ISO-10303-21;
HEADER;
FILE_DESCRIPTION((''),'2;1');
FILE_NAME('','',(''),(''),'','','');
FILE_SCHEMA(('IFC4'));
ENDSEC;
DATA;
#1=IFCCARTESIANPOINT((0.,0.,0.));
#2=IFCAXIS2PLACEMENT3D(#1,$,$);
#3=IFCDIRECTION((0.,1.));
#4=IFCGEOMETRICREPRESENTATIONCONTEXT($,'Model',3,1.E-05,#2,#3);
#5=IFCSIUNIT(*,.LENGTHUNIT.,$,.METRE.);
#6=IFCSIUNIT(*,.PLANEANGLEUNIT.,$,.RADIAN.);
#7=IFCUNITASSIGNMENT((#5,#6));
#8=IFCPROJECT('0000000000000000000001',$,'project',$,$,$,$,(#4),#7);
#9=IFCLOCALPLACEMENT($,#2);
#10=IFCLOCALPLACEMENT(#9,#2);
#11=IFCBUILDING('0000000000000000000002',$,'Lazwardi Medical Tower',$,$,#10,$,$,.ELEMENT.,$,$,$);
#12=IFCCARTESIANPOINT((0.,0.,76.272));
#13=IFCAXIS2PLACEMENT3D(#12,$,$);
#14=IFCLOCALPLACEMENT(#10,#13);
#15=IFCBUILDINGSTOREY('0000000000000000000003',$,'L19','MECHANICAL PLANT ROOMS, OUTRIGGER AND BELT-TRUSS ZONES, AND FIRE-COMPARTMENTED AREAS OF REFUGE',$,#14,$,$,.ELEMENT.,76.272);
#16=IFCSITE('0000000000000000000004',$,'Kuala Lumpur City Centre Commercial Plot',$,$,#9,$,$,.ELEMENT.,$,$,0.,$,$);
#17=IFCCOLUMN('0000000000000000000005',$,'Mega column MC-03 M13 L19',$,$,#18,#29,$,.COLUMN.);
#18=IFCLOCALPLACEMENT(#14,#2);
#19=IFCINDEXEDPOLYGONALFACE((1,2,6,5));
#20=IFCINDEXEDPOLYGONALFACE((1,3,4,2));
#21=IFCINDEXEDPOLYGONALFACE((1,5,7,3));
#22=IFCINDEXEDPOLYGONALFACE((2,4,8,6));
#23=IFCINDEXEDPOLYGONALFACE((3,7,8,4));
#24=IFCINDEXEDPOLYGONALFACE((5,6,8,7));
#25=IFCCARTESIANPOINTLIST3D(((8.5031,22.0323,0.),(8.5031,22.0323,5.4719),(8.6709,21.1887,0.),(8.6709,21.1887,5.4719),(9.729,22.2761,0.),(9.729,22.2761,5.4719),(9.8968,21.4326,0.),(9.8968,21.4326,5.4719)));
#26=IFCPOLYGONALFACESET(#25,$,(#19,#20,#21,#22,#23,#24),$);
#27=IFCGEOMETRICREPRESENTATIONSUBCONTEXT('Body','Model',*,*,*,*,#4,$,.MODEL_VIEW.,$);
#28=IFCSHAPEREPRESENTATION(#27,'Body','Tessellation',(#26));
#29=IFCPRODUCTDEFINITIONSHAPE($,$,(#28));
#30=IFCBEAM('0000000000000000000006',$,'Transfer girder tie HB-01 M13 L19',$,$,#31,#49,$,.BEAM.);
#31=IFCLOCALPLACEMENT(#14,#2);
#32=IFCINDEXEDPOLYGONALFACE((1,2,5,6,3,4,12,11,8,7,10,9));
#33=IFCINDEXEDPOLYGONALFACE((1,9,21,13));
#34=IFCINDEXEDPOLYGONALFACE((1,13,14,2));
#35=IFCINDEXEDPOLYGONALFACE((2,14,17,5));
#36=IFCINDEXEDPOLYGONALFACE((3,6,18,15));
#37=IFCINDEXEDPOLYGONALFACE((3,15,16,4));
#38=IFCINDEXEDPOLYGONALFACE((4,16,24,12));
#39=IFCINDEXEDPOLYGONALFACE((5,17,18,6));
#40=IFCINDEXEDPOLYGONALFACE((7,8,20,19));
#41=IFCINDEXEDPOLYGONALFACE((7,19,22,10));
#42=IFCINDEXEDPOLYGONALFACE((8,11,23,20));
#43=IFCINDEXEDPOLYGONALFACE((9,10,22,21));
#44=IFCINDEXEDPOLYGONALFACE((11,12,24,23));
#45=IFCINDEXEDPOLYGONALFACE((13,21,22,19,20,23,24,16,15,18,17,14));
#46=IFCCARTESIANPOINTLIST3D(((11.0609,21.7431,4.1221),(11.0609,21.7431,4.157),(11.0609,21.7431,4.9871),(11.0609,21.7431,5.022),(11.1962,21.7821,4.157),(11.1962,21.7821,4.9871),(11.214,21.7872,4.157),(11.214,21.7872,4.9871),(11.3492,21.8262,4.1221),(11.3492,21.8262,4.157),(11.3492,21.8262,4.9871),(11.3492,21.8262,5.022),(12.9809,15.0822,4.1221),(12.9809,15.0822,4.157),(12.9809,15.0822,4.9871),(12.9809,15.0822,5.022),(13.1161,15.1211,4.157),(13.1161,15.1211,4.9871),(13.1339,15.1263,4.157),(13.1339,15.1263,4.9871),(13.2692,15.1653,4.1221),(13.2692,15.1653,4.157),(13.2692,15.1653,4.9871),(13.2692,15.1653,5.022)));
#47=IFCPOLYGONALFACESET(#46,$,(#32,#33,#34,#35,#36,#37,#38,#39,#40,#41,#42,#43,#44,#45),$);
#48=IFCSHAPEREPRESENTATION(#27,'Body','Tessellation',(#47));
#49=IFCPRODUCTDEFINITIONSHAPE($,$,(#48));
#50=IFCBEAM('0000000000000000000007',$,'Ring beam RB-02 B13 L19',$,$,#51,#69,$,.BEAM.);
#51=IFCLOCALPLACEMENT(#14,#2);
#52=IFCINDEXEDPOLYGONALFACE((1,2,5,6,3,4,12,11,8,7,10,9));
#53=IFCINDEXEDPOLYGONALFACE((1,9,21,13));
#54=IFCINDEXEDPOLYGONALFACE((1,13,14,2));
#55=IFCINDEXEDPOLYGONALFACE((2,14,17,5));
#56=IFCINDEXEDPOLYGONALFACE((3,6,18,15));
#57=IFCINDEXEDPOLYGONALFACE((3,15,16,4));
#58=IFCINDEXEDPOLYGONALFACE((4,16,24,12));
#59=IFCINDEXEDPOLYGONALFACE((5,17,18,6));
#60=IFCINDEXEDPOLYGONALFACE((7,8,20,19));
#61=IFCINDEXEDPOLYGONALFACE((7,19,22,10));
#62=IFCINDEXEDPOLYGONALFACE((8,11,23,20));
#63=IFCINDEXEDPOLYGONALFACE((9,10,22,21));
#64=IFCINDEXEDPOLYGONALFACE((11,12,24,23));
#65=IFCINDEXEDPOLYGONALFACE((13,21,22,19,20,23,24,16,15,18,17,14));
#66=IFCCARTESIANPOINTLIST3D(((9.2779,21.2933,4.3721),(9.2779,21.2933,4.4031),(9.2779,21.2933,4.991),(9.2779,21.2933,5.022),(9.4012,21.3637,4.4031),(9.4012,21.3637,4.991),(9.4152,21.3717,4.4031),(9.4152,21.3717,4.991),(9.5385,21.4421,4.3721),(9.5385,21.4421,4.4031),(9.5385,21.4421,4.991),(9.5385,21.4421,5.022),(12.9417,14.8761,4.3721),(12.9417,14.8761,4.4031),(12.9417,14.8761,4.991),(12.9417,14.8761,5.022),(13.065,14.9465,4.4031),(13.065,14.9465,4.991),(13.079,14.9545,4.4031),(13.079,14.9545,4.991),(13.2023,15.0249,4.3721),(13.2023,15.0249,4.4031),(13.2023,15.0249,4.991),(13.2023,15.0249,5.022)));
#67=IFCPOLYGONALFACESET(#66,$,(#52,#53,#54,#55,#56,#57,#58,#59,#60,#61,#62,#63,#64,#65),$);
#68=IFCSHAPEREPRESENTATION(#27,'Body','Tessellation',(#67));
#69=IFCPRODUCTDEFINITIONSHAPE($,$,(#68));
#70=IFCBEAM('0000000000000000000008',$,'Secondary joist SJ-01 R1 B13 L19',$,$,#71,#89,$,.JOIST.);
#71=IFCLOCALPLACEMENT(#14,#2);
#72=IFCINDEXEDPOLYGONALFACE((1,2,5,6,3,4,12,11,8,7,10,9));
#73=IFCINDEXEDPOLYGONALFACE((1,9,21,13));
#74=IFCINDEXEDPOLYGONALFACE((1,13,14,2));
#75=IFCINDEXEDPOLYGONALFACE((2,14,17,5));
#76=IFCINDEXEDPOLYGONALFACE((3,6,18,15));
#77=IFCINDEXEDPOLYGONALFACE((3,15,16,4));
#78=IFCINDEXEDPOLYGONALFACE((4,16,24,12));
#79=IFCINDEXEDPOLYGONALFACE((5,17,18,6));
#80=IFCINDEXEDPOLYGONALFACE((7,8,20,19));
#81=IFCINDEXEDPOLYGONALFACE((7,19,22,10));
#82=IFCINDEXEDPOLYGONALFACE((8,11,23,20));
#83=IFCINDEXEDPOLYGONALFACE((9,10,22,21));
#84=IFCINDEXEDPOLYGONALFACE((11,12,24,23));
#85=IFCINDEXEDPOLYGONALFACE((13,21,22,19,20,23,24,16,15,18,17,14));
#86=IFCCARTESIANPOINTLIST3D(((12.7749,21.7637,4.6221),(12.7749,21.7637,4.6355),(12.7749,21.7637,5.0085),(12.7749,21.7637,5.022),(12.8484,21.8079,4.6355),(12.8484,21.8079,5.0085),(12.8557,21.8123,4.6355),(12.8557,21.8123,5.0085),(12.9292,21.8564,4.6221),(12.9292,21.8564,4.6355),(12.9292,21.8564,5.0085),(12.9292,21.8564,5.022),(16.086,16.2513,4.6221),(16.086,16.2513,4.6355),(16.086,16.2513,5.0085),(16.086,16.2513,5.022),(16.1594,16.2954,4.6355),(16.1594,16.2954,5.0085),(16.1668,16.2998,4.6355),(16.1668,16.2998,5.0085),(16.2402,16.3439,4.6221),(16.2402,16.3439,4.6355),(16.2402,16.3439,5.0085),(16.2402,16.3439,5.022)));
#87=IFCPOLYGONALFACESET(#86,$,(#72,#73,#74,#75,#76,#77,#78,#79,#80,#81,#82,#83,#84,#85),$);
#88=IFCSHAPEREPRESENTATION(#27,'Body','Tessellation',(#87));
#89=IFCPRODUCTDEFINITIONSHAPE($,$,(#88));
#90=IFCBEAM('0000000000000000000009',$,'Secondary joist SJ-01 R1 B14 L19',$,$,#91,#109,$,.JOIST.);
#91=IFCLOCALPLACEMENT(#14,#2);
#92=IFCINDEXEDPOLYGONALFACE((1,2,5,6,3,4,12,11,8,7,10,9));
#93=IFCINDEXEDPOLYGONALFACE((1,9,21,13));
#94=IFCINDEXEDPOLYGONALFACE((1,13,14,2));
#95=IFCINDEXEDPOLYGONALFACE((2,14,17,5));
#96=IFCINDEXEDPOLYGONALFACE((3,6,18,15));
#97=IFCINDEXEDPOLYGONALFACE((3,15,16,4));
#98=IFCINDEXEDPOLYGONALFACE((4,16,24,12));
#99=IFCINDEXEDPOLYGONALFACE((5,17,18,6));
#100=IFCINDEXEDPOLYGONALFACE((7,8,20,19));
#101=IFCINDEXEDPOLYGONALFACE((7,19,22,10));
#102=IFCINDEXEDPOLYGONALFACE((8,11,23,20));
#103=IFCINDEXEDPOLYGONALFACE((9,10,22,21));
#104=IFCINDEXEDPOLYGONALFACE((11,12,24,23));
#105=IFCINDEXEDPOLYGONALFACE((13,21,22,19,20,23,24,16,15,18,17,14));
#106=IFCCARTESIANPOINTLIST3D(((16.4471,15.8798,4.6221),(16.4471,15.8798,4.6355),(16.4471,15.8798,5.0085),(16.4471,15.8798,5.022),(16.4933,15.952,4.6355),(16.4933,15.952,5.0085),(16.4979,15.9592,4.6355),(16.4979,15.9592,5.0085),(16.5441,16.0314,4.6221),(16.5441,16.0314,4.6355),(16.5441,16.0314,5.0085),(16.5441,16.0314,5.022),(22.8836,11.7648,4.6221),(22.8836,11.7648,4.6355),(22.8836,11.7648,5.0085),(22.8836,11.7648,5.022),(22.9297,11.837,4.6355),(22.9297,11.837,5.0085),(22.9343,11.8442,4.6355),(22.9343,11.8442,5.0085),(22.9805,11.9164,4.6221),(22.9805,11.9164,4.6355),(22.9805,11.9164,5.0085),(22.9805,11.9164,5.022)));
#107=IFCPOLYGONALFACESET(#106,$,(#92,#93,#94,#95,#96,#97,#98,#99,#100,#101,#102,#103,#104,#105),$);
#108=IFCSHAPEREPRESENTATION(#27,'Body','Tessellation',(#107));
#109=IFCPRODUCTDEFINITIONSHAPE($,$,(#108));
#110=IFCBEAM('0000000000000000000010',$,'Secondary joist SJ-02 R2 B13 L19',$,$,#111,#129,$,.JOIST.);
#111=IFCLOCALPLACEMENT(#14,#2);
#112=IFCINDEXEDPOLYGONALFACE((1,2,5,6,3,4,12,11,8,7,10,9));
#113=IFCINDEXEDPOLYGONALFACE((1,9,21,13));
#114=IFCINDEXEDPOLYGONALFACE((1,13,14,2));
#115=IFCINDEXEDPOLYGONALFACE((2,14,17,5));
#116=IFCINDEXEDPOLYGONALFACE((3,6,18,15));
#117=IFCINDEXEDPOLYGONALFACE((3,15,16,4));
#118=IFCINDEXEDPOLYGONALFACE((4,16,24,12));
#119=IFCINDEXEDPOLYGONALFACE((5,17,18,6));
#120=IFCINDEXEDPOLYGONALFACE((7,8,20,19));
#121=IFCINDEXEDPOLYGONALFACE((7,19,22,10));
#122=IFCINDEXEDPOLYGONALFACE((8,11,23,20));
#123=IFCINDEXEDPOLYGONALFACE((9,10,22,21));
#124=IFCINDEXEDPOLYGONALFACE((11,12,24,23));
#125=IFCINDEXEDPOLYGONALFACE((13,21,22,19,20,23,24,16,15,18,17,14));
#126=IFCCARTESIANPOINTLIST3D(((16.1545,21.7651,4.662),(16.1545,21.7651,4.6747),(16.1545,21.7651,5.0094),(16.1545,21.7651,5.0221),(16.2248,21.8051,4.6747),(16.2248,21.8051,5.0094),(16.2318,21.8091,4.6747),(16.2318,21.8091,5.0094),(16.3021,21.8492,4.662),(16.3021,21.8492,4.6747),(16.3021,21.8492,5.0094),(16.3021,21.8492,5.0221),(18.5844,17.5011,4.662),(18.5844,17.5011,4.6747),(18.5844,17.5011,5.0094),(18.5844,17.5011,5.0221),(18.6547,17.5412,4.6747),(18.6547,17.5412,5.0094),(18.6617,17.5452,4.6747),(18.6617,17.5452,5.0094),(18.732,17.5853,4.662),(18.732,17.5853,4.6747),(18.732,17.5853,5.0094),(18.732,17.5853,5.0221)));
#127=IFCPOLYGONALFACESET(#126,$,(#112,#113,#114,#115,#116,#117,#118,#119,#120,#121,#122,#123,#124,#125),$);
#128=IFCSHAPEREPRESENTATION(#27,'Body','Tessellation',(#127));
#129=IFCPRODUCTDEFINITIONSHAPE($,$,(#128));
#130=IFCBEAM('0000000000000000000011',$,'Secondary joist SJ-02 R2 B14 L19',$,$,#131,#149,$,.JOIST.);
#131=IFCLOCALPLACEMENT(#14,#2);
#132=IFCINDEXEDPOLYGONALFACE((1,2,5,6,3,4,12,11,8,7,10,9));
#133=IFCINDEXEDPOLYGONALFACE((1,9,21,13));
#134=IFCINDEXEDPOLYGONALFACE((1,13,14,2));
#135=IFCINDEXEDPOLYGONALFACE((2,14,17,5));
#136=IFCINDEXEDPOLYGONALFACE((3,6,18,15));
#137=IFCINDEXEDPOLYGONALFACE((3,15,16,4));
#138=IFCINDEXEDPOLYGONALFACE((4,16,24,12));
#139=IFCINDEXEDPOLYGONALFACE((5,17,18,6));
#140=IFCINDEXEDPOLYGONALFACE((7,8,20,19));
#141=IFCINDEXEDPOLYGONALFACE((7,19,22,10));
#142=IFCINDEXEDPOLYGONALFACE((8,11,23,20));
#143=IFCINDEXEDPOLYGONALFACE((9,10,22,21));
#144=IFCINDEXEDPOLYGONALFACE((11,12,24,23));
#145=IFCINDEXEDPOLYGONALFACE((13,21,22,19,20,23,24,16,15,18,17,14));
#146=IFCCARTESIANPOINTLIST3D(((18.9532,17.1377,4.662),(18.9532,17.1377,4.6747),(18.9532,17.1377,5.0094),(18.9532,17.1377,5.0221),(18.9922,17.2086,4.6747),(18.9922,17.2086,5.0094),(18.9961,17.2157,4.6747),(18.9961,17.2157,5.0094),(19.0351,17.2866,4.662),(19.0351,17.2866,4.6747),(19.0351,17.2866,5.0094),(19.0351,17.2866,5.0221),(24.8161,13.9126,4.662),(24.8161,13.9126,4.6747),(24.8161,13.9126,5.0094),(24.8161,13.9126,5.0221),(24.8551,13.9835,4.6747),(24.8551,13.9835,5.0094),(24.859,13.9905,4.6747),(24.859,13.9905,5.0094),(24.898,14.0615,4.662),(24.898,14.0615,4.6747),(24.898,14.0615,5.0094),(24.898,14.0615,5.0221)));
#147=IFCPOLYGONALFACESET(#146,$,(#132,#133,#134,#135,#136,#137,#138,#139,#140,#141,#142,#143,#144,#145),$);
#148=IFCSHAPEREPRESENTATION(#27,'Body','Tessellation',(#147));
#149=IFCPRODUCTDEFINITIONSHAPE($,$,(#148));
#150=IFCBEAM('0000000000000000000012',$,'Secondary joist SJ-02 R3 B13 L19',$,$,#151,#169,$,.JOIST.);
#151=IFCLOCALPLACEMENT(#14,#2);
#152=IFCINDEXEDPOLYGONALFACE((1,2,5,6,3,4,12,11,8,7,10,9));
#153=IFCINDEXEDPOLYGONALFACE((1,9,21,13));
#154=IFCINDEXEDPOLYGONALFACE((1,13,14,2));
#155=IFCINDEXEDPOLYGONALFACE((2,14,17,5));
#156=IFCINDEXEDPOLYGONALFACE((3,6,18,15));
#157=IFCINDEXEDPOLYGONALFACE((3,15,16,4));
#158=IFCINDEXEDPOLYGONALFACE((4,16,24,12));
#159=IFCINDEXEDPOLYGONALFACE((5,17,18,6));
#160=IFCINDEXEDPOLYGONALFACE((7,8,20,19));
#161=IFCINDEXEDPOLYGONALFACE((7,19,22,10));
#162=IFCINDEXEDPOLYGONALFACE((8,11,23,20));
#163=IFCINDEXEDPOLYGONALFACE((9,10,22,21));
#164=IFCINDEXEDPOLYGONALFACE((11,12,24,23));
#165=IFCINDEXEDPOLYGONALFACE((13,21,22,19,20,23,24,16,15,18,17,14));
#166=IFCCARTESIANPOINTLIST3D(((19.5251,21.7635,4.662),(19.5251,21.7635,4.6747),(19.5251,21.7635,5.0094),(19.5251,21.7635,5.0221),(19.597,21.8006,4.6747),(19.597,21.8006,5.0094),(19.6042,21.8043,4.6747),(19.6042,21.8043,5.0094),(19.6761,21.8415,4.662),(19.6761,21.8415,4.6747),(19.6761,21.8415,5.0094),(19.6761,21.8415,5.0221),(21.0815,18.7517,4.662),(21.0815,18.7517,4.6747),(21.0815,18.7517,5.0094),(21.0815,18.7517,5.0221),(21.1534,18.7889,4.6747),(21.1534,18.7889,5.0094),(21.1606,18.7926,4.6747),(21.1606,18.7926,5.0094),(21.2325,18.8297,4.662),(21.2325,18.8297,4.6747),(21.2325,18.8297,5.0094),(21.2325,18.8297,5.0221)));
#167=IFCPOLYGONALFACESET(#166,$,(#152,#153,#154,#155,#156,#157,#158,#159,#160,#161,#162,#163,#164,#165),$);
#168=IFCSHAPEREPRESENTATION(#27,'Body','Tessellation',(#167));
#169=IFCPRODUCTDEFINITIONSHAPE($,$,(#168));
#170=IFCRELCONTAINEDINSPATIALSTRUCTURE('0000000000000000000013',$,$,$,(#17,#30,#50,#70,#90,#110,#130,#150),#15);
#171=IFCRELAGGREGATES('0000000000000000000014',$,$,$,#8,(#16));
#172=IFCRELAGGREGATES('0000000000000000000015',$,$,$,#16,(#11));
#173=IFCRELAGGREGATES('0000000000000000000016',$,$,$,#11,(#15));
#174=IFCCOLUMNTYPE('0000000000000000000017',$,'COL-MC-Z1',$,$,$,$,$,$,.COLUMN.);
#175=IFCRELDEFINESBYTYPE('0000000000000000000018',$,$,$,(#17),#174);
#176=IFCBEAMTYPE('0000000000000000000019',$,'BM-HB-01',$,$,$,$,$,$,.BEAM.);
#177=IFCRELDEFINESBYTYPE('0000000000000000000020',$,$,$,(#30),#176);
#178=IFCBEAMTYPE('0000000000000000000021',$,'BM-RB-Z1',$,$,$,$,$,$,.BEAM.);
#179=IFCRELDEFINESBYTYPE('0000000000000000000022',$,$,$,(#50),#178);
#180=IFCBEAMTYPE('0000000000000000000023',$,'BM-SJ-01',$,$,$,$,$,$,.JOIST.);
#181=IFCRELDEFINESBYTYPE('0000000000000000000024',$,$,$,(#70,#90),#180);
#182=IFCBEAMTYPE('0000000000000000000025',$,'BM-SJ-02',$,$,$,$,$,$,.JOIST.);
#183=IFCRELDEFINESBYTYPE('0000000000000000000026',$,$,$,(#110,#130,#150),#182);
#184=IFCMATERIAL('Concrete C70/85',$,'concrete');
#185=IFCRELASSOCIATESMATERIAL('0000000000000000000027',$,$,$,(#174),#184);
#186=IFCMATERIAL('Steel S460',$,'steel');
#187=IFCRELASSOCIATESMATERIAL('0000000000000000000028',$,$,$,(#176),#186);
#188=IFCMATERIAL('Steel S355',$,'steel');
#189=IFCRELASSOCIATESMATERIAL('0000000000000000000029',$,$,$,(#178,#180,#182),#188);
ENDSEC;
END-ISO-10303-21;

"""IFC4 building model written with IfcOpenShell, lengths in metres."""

from ifc_helpers import new_model, si_unit, direction, frame, origin, origin_2d, place, context, subcontext, project, spatial, rectangle, i_section, extrude, material, material_profile, profile_set, type_object, element, save


model = new_model("IFC4")

# Units and contexts
model_context = context("Model", 3, precision=1e-05, world=origin(), true_north=direction((0.0, 1.0)))
body_context = subcontext(model_context, "Body", "Model", "MODEL_VIEW")
ifc_project = project(units=[si_unit("LENGTHUNIT", "METRE"), si_unit("PLANEANGLEUNIT", "RADIAN")], contexts=[model_context])

# Site, building, storey
site_placement = place(None, origin())
site = spatial("IfcSite", under=ifc_project, at=site_placement, Name="Kuala Lumpur City Centre Commercial Plot", CompositionType="ELEMENT", RefElevation=0.0)
building_placement = place(site_placement, origin())
building = spatial("IfcBuilding", under=site, at=building_placement, Name="Lazwardi Medical Tower", CompositionType="ELEMENT")
storey_placement = place(building_placement, frame((0.0, 0.0, 76.272)))
storey = spatial("IfcBuildingStorey", under=building, at=storey_placement, Name="L19", Description="MECHANICAL PLANT ROOMS, OUTRIGGER AND BELT-TRUSS ZONES, AND FIRE-COMPARTMENTED AREAS OF REFUGE", CompositionType="ELEMENT", Elevation=76.272)

# Column
ifc_material_1 = material(Name="Concrete C70/85", Category="concrete")
ifc_material_profile_1 = material_profile(ifc_material_1, rectangle(XDim=1.25, YDim=0.8601, at=origin_2d()), Name="CFT-RECT 1250x860")
ifc_profile_set_1 = profile_set([ifc_material_profile_1], Name="Concrete C70/85")
column_type = type_object("IfcColumnType", Name="COL-MC-Z1", PredefinedType="COLUMN", material=ifc_profile_set_1)
column_placement = place(storey_placement, frame((9.2, 21.7324, 0.0), z_axis=(0.0, 0.0, 1.0), x_axis=(-0.980785, -0.19509, 0.0)))
element("IfcColumn", 1, at=column_placement, inside=storey, type_object=column_type, Name="Mega column MC-03 M13 L19", PredefinedType="COLUMN", context=body_context, shape_type="SweptSolid", body=[
    extrude(rectangle(XDim=1.25, YDim=0.8601, at=origin_2d()), origin(), (0.0, 0.0, 1.0), 5.4719),
])

# Beams
ifc_material_2 = material(Name="Steel S460", Category="steel")
ifc_material_profile_2 = material_profile(ifc_material_2, i_section(OverallWidth=0.3, OverallDepth=0.8999, WebThickness=0.0186, FlangeThickness=0.0349, at=origin_2d()), Name="HEB 900")
ifc_profile_set_2 = profile_set([ifc_material_profile_2], Name="Steel S460")
beam_type_1 = type_object("IfcBeamType", Name="BM-HB-01", PredefinedType="BEAM", material=ifc_profile_set_2)
beam_1_placement = place(storey_placement, frame((11.2051, 21.7847, 4.572), z_axis=(0.276962, -0.960881, 0.0), x_axis=(0.960881, 0.276962, 0.0)))
element("IfcBeam", 2, at=beam_1_placement, inside=storey, type_object=beam_type_1, Name="Transfer girder tie HB-01 M13 L19", PredefinedType="BEAM", context=body_context, shape_type="SweptSolid", body=[
    extrude(i_section(OverallWidth=0.3, OverallDepth=0.8999, WebThickness=0.0186, FlangeThickness=0.0349, at=origin_2d()), origin(), (0.0, 0.0, 1.0), 6.9321),
])
ifc_material_3 = material(Name="Steel S355", Category="steel")
ifc_material_profile_3 = material_profile(ifc_material_3, i_section(OverallWidth=0.3, OverallDepth=0.6499, WebThickness=0.0161, FlangeThickness=0.031, at=origin_2d()), Name="HEB 650")
ifc_profile_set_3 = profile_set([ifc_material_profile_3], Name="Steel S355")
beam_type_2 = type_object("IfcBeamType", Name="BM-RB-Z1", PredefinedType="BEAM", material=ifc_profile_set_3)
beam_2_placement = place(storey_placement, frame((9.4082, 21.3677, 4.697), z_axis=(0.495815, -0.868428, 0.0), x_axis=(0.868428, 0.495815, 0.0)))
element("IfcBeam", 3, at=beam_2_placement, inside=storey, type_object=beam_type_2, Name="Ring beam RB-02 B13 L19", PredefinedType="BEAM", context=body_context, shape_type="SweptSolid", body=[
    extrude(i_section(OverallWidth=0.3, OverallDepth=0.6499, WebThickness=0.0161, FlangeThickness=0.031, at=origin_2d()), origin(), (0.0, 0.0, 1.0), 7.3894),
])
ifc_material_profile_4 = material_profile(ifc_material_3, i_section(OverallWidth=0.1799, OverallDepth=0.3999, WebThickness=0.0085, FlangeThickness=0.0134, at=origin_2d()), Name="IPE 400")
ifc_profile_set_4 = profile_set([ifc_material_profile_4], Name="Steel S355")
beam_type_3 = type_object("IfcBeamType", Name="BM-SJ-01", PredefinedType="JOIST", material=ifc_profile_set_4)
beam_3_placement = place(storey_placement, frame((12.8521, 21.8101, 4.822), z_axis=(0.514903, -0.857248, 0.0), x_axis=(0.857248, 0.514903, 0.0)))
element("IfcBeam", 4, at=beam_3_placement, inside=storey, type_object=beam_type_3, Name="Secondary joist SJ-01 R1 B13 L19", PredefinedType="JOIST", context=body_context, shape_type="SweptSolid", body=[
    extrude(i_section(OverallWidth=0.1799, OverallDepth=0.3999, WebThickness=0.0085, FlangeThickness=0.0134, at=origin_2d()), origin(), (0.0, 0.0, 1.0), 6.4304),
])
beam_4_placement = place(storey_placement, frame((16.4956, 15.9556, 4.822), z_axis=(0.842532, -0.538646, 0.0), x_axis=(0.538646, 0.842532, 0.0)))
element("IfcBeam", 5, at=beam_4_placement, inside=storey, type_object=beam_type_3, Name="Secondary joist SJ-01 R1 B14 L19", PredefinedType="JOIST", context=body_context, shape_type="SweptSolid", body=[
    extrude(i_section(OverallWidth=0.1799, OverallDepth=0.3999, WebThickness=0.0085, FlangeThickness=0.0134, at=origin_2d()), origin(), (0.0, 0.0, 1.0), 7.6394),
])
ifc_material_profile_5 = material_profile(ifc_material_3, i_section(OverallWidth=0.1699, OverallDepth=0.3601, WebThickness=0.0081, FlangeThickness=0.0127, at=origin_2d()), Name="IPE 360")
ifc_profile_set_5 = profile_set([ifc_material_profile_5], Name="Steel S355")
beam_type_4 = type_object("IfcBeamType", Name="BM-SJ-02", PredefinedType="JOIST", material=ifc_profile_set_5)
beam_5_placement = place(storey_placement, frame((16.2283, 21.8071, 4.842), z_axis=(0.495126, -0.868821, 0.0), x_axis=(0.868821, 0.495126, 0.0)))
element("IfcBeam", 6, at=beam_5_placement, inside=storey, type_object=beam_type_4, Name="Secondary joist SJ-02 R2 B13 L19", PredefinedType="JOIST", context=body_context, shape_type="SweptSolid", body=[
    extrude(i_section(OverallWidth=0.1699, OverallDepth=0.3601, WebThickness=0.0081, FlangeThickness=0.0127, at=origin_2d()), origin(), (0.0, 0.0, 1.0), 4.9077),
])
beam_6_placement = place(storey_placement, frame((18.9941, 17.2122, 4.842), z_axis=(0.87618, -0.481983, 0.0), x_axis=(0.481983, 0.87618, 0.0)))
element("IfcBeam", 7, at=beam_6_placement, inside=storey, type_object=beam_type_4, Name="Secondary joist SJ-02 R2 B14 L19", PredefinedType="JOIST", context=body_context, shape_type="SweptSolid", body=[
    extrude(i_section(OverallWidth=0.1699, OverallDepth=0.3601, WebThickness=0.0081, FlangeThickness=0.0127, at=origin_2d()), origin(), (0.0, 0.0, 1.0), 6.6914),
])
beam_7_placement = place(storey_placement, frame((19.6006, 21.8025, 4.842), z_axis=(0.4591, -0.888385, 0.0), x_axis=(0.888385, 0.4591, 0.0)))
element("IfcBeam", 8, at=beam_7_placement, inside=storey, type_object=beam_type_4, Name="Secondary joist SJ-02 R3 B13 L19", PredefinedType="JOIST", context=body_context, shape_type="SweptSolid", body=[
    extrude(i_section(OverallWidth=0.1699, OverallDepth=0.3601, WebThickness=0.0081, FlangeThickness=0.0127, at=origin_2d()), origin(), (0.0, 0.0, 1.0), 3.3901),
])

save(model, "model.ifc")
